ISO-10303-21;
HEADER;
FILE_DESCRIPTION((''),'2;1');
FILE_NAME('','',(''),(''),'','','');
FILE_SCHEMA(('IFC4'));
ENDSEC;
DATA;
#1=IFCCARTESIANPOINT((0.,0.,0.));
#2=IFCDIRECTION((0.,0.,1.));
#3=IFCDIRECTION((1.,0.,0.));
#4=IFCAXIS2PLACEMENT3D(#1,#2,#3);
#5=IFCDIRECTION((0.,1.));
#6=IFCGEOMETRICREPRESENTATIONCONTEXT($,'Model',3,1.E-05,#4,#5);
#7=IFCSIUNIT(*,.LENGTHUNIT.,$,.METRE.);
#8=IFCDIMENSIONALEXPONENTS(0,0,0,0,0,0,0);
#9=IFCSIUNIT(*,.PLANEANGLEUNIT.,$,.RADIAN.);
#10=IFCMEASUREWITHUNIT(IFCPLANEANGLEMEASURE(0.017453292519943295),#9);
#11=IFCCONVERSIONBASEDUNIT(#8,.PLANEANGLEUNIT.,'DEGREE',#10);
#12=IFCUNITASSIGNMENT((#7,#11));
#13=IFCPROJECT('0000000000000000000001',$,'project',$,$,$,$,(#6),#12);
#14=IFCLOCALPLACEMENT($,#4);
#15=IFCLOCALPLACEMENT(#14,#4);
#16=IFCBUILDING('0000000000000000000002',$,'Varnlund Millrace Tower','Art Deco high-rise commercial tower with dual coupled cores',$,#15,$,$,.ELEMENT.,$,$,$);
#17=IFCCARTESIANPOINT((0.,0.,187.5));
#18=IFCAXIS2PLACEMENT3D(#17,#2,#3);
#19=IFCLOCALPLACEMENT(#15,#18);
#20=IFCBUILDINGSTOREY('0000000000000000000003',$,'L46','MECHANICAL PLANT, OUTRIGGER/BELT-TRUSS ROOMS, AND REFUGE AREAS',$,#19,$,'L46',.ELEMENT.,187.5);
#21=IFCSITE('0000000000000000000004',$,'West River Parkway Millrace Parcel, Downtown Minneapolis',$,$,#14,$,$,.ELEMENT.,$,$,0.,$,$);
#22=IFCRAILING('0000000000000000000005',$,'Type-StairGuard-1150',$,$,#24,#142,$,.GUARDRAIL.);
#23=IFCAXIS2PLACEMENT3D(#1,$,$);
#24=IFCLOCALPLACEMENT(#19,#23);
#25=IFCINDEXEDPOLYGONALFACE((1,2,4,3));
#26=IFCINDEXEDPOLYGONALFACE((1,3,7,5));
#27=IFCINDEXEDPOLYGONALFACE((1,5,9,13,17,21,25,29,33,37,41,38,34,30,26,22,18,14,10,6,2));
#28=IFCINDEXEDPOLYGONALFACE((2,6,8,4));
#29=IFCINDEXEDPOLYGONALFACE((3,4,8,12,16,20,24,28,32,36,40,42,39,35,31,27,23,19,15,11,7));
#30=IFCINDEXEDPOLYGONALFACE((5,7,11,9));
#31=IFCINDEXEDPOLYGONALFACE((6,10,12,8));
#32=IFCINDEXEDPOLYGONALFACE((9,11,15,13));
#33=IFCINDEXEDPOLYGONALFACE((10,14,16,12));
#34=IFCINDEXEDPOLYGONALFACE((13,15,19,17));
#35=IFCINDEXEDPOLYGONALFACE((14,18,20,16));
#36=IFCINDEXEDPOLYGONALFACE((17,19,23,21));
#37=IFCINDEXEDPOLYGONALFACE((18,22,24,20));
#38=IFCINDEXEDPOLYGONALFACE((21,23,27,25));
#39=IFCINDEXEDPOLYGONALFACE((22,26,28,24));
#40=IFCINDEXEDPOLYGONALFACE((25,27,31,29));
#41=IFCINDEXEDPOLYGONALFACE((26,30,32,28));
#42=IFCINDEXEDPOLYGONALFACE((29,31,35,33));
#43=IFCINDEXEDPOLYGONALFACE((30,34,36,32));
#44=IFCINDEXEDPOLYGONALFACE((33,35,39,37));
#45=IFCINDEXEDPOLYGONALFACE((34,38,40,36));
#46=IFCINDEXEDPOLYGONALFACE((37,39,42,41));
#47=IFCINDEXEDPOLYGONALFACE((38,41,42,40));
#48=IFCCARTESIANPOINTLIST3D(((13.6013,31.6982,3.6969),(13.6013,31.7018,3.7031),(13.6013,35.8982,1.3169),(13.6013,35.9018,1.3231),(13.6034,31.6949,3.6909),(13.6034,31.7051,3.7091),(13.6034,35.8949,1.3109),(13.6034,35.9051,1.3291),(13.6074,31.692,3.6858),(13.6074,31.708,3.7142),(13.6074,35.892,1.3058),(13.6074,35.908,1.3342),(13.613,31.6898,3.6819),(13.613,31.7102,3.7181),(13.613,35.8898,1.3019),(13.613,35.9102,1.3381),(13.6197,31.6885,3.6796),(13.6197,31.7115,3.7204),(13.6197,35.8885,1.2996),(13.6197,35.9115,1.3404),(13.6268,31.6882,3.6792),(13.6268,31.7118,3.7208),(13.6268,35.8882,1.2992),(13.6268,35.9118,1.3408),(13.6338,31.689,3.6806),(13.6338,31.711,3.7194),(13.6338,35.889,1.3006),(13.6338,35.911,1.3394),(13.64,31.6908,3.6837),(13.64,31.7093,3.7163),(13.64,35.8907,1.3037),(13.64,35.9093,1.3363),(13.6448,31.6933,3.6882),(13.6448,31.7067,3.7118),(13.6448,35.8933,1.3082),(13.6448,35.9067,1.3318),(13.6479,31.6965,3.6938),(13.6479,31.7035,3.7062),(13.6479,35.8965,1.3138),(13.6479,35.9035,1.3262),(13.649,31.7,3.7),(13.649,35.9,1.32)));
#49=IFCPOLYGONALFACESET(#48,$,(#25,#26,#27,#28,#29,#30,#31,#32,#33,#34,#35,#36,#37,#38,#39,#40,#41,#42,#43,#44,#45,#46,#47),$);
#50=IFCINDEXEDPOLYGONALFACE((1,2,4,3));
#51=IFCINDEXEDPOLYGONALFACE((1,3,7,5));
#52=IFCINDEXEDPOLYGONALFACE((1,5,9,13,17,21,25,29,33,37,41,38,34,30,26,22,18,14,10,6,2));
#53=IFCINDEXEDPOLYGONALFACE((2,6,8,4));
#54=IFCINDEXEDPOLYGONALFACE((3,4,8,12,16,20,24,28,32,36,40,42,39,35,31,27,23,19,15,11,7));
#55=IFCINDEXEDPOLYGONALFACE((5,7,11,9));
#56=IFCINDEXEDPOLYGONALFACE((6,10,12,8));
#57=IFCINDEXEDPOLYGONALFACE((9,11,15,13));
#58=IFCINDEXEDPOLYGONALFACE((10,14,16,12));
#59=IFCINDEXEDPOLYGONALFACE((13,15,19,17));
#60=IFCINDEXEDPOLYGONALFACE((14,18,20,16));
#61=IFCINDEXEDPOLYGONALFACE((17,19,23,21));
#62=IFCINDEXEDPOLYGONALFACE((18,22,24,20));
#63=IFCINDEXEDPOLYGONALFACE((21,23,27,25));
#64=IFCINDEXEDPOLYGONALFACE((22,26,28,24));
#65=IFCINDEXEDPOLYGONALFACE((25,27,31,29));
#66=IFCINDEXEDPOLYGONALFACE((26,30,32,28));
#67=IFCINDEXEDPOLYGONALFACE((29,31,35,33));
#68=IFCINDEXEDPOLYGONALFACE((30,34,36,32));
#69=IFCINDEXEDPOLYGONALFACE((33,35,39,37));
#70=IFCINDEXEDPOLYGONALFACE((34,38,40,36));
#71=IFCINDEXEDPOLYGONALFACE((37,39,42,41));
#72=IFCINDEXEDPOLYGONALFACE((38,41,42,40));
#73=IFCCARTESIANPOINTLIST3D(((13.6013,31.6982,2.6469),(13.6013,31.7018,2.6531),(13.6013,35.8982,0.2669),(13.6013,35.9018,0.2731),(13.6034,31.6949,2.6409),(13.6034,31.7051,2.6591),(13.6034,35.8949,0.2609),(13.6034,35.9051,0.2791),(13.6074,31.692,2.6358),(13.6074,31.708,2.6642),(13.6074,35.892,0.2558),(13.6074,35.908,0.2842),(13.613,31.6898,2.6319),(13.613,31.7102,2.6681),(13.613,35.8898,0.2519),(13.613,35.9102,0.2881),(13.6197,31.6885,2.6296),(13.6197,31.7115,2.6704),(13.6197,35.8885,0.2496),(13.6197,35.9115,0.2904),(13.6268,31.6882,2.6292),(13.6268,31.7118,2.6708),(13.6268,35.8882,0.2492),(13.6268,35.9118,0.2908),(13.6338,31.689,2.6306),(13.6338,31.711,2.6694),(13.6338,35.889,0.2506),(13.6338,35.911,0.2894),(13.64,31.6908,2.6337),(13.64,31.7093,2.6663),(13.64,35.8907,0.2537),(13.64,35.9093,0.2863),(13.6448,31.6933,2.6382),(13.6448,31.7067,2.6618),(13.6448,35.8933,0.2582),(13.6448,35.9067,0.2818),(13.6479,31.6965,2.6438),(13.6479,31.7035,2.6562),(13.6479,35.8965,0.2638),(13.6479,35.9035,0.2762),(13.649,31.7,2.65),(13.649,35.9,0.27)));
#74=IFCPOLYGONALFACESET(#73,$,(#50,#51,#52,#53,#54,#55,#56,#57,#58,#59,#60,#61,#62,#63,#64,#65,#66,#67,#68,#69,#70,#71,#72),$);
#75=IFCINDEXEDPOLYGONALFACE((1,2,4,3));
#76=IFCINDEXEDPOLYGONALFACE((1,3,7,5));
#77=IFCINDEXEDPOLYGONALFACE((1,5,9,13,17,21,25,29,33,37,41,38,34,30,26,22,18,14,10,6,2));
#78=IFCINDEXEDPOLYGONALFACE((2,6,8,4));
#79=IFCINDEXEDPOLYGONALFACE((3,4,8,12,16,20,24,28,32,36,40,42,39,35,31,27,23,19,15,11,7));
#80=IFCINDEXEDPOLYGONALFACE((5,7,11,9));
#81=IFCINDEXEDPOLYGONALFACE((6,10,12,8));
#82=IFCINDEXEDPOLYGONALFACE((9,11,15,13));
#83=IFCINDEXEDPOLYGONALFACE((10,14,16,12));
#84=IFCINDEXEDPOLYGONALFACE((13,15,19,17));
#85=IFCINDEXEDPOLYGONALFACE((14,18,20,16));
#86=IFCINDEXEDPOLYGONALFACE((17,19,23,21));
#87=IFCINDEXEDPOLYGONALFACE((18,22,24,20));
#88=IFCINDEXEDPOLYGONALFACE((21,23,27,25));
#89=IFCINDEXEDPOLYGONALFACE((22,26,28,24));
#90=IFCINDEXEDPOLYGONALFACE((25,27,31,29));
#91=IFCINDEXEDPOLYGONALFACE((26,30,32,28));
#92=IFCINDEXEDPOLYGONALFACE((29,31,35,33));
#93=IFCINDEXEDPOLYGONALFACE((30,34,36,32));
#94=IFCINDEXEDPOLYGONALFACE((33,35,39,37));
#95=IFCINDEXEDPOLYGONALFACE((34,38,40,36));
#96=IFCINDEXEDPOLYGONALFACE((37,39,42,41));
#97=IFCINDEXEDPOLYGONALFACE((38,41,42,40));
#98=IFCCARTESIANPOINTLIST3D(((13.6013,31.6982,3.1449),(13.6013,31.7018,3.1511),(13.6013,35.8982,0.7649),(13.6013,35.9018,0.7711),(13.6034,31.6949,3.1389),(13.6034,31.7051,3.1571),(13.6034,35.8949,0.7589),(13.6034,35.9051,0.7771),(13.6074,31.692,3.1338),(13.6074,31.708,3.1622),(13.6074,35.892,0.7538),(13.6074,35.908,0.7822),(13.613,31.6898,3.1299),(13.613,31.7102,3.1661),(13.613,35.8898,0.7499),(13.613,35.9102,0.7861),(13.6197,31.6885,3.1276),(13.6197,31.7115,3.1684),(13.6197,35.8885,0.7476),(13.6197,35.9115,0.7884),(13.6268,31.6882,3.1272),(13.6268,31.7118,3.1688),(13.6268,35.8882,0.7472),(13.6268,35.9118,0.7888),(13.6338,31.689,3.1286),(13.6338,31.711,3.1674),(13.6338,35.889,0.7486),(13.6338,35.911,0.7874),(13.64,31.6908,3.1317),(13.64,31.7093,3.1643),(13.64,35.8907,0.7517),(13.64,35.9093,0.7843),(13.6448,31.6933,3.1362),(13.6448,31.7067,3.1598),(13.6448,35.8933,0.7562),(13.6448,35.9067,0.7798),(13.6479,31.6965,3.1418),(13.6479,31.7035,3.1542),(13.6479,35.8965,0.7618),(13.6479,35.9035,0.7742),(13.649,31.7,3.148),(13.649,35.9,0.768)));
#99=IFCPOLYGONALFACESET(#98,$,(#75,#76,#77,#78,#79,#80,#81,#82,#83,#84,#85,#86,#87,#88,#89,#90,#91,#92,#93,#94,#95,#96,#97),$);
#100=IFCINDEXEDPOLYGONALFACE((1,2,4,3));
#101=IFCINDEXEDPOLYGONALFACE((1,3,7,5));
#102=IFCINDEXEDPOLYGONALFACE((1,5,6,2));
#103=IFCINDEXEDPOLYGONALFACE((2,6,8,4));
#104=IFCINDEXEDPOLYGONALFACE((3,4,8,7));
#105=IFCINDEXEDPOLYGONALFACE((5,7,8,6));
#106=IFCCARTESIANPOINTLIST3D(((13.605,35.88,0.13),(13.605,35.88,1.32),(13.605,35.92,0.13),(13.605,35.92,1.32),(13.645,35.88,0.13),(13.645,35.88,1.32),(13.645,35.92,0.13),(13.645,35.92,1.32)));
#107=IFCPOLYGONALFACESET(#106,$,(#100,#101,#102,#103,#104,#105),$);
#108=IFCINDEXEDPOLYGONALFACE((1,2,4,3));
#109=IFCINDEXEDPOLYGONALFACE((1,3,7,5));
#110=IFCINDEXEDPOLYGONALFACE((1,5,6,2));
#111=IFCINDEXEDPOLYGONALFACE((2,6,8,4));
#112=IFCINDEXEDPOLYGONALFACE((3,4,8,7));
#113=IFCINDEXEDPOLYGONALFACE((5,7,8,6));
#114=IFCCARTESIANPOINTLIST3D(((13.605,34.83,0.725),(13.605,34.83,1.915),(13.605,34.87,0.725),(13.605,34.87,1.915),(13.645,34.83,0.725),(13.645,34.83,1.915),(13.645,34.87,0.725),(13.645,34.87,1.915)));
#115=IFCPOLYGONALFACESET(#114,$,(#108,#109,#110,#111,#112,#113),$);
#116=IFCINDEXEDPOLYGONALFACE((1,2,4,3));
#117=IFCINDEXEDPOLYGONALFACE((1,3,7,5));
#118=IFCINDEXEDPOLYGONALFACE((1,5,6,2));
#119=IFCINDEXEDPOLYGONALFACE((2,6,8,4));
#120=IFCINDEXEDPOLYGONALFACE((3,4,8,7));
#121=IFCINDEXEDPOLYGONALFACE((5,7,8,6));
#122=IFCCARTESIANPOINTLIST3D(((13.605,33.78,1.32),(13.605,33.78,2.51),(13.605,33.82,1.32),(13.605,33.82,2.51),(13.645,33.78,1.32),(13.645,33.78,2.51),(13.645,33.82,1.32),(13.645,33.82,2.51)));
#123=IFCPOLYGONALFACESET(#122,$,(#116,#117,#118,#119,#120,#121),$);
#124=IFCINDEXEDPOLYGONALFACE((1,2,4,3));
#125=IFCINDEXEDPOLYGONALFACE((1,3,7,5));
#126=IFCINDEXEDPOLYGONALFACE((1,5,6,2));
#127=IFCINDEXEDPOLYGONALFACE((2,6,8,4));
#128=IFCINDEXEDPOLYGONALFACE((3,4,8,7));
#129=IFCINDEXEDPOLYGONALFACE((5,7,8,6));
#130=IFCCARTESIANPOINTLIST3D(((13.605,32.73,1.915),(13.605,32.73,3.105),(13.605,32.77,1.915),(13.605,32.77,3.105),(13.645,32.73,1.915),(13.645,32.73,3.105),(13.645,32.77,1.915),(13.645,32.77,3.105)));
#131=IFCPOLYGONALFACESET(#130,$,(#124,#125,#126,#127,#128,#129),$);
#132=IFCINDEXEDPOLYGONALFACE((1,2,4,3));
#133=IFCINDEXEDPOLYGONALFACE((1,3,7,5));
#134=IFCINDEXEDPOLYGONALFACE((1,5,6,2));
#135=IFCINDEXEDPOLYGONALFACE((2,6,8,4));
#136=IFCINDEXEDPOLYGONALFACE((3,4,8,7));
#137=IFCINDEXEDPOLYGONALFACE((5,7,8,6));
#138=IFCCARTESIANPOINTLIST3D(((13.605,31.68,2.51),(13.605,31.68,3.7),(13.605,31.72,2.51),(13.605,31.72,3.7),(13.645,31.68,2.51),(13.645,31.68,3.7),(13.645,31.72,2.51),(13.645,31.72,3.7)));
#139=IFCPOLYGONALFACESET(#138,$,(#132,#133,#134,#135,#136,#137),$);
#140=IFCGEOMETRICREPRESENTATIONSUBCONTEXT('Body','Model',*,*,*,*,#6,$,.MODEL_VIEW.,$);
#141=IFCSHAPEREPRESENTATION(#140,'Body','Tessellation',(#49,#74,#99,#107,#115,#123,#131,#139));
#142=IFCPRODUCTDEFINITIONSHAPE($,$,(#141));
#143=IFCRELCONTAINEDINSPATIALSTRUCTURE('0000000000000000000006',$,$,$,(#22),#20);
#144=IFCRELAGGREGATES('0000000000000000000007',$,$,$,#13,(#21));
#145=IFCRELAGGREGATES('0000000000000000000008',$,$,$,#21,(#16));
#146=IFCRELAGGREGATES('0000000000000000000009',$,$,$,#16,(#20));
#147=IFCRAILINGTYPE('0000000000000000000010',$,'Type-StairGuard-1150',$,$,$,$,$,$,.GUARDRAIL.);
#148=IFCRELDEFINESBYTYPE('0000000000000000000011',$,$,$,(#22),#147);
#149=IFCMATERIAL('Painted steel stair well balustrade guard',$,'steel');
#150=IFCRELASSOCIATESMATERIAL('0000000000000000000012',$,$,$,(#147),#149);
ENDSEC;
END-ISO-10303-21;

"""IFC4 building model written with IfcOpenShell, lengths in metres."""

from ifc_helpers import new_model, entity, si_unit, converted_unit, direction, frame, origin_with_axes, origin_2d_with_axis, place, context, subcontext, project, spatial, rectangle, circle, extrude, material, type_object, element, save


model = new_model("IFC4")

# Units and contexts
model_context = context("Model", 3, precision=1e-05, world=origin_with_axes(), true_north=direction((0.0, 1.0)))
body_context = subcontext(model_context, "Body", "Model", "MODEL_VIEW")
ifc_project = project(units=[si_unit("LENGTHUNIT", "METRE"), converted_unit("PLANEANGLEUNIT", "DEGREE", entity("IfcPlaneAngleMeasure", 0.017453292519943295), si_unit("PLANEANGLEUNIT", "RADIAN"), dimensions=[0, 0, 0, 0, 0, 0, 0])], contexts=[model_context])

# Site, building, storey
site_placement = place(None, origin_with_axes())
site = spatial("IfcSite", under=ifc_project, at=site_placement, Name="West River Parkway Millrace Parcel, Downtown Minneapolis", CompositionType="ELEMENT", RefElevation=0.0)
building_placement = place(site_placement, origin_with_axes())
building = spatial("IfcBuilding", under=site, at=building_placement, Name="Varnlund Millrace Tower", Description="Art Deco high-rise commercial tower with dual coupled cores", CompositionType="ELEMENT")
storey_placement = place(building_placement, frame((0.0, 0.0, 187.5), z_axis=(0.0, 0.0, 1.0), x_axis=(1.0, 0.0, 0.0)))
storey = spatial("IfcBuildingStorey", under=building, at=storey_placement, Name="L46", Description="MECHANICAL PLANT, OUTRIGGER/BELT-TRUSS ROOMS, AND REFUGE AREAS", LongName="L46", CompositionType="ELEMENT", Elevation=187.5)

# Railing
ifc_material_1 = material(Name="Painted steel stair well balustrade guard", Category="steel")
railing_type_1 = type_object("IfcRailingType", Name="Type-StairGuard-1150", PredefinedType="GUARDRAIL", material=ifc_material_1)
railing_1_placement = place(storey_placement, frame((0.0, 0.0, -187.5), z_axis=(0.0, 0.0, 1.0), x_axis=(1.0, 0.0, 0.0)))
element("IfcRailing", 1, at=railing_1_placement, inside=storey, type_object=railing_type_1, Name="Type-StairGuard-1150", PredefinedType="GUARDRAIL", context=body_context, shape_type="SweptSolid", body=[
    extrude(circle(Radius=0.024, at=origin_2d_with_axis()), frame((13.625, 35.9, 188.82), z_axis=(0.0, -0.870022, 0.493013), x_axis=(1.0, 0.0, 0.0)), (0.0, 0.0, 1.0), 4.8275),
    extrude(circle(Radius=0.024, at=origin_2d_with_axis()), frame((13.625, 35.9, 187.77), z_axis=(0.0, -0.870022, 0.493013), x_axis=(1.0, 0.0, 0.0)), (0.0, 0.0, 1.0), 4.8275),
    extrude(circle(Radius=0.024, at=origin_2d_with_axis()), frame((13.625, 35.9, 188.268), z_axis=(0.0, -0.870022, 0.493013), x_axis=(1.0, 0.0, 0.0)), (0.0, 0.0, 1.0), 4.8275),
    extrude(rectangle(XDim=0.04, YDim=0.04, at=origin_2d_with_axis()), frame((13.625, 35.9, 187.63), z_axis=(0.0, 0.0, 1.0), x_axis=(1.0, 0.0, 0.0)), (0.0, 0.0, 1.0), 1.19),
    extrude(rectangle(XDim=0.04, YDim=0.04, at=origin_2d_with_axis()), frame((13.625, 34.85, 188.225), z_axis=(0.0, 0.0, 1.0), x_axis=(1.0, 0.0, 0.0)), (0.0, 0.0, 1.0), 1.19),
    extrude(rectangle(XDim=0.04, YDim=0.04, at=origin_2d_with_axis()), frame((13.625, 33.8, 188.82), z_axis=(0.0, 0.0, 1.0), x_axis=(1.0, 0.0, 0.0)), (0.0, 0.0, 1.0), 1.19),
    extrude(rectangle(XDim=0.04, YDim=0.04, at=origin_2d_with_axis()), frame((13.625, 32.75, 189.415), z_axis=(0.0, 0.0, 1.0), x_axis=(1.0, 0.0, 0.0)), (0.0, 0.0, 1.0), 1.19),
    extrude(rectangle(XDim=0.04, YDim=0.04, at=origin_2d_with_axis()), frame((13.625, 31.7, 190.01), z_axis=(0.0, 0.0, 1.0), x_axis=(1.0, 0.0, 0.0)), (0.0, 0.0, 1.0), 1.19),
])

save(model, "model.ifc")
